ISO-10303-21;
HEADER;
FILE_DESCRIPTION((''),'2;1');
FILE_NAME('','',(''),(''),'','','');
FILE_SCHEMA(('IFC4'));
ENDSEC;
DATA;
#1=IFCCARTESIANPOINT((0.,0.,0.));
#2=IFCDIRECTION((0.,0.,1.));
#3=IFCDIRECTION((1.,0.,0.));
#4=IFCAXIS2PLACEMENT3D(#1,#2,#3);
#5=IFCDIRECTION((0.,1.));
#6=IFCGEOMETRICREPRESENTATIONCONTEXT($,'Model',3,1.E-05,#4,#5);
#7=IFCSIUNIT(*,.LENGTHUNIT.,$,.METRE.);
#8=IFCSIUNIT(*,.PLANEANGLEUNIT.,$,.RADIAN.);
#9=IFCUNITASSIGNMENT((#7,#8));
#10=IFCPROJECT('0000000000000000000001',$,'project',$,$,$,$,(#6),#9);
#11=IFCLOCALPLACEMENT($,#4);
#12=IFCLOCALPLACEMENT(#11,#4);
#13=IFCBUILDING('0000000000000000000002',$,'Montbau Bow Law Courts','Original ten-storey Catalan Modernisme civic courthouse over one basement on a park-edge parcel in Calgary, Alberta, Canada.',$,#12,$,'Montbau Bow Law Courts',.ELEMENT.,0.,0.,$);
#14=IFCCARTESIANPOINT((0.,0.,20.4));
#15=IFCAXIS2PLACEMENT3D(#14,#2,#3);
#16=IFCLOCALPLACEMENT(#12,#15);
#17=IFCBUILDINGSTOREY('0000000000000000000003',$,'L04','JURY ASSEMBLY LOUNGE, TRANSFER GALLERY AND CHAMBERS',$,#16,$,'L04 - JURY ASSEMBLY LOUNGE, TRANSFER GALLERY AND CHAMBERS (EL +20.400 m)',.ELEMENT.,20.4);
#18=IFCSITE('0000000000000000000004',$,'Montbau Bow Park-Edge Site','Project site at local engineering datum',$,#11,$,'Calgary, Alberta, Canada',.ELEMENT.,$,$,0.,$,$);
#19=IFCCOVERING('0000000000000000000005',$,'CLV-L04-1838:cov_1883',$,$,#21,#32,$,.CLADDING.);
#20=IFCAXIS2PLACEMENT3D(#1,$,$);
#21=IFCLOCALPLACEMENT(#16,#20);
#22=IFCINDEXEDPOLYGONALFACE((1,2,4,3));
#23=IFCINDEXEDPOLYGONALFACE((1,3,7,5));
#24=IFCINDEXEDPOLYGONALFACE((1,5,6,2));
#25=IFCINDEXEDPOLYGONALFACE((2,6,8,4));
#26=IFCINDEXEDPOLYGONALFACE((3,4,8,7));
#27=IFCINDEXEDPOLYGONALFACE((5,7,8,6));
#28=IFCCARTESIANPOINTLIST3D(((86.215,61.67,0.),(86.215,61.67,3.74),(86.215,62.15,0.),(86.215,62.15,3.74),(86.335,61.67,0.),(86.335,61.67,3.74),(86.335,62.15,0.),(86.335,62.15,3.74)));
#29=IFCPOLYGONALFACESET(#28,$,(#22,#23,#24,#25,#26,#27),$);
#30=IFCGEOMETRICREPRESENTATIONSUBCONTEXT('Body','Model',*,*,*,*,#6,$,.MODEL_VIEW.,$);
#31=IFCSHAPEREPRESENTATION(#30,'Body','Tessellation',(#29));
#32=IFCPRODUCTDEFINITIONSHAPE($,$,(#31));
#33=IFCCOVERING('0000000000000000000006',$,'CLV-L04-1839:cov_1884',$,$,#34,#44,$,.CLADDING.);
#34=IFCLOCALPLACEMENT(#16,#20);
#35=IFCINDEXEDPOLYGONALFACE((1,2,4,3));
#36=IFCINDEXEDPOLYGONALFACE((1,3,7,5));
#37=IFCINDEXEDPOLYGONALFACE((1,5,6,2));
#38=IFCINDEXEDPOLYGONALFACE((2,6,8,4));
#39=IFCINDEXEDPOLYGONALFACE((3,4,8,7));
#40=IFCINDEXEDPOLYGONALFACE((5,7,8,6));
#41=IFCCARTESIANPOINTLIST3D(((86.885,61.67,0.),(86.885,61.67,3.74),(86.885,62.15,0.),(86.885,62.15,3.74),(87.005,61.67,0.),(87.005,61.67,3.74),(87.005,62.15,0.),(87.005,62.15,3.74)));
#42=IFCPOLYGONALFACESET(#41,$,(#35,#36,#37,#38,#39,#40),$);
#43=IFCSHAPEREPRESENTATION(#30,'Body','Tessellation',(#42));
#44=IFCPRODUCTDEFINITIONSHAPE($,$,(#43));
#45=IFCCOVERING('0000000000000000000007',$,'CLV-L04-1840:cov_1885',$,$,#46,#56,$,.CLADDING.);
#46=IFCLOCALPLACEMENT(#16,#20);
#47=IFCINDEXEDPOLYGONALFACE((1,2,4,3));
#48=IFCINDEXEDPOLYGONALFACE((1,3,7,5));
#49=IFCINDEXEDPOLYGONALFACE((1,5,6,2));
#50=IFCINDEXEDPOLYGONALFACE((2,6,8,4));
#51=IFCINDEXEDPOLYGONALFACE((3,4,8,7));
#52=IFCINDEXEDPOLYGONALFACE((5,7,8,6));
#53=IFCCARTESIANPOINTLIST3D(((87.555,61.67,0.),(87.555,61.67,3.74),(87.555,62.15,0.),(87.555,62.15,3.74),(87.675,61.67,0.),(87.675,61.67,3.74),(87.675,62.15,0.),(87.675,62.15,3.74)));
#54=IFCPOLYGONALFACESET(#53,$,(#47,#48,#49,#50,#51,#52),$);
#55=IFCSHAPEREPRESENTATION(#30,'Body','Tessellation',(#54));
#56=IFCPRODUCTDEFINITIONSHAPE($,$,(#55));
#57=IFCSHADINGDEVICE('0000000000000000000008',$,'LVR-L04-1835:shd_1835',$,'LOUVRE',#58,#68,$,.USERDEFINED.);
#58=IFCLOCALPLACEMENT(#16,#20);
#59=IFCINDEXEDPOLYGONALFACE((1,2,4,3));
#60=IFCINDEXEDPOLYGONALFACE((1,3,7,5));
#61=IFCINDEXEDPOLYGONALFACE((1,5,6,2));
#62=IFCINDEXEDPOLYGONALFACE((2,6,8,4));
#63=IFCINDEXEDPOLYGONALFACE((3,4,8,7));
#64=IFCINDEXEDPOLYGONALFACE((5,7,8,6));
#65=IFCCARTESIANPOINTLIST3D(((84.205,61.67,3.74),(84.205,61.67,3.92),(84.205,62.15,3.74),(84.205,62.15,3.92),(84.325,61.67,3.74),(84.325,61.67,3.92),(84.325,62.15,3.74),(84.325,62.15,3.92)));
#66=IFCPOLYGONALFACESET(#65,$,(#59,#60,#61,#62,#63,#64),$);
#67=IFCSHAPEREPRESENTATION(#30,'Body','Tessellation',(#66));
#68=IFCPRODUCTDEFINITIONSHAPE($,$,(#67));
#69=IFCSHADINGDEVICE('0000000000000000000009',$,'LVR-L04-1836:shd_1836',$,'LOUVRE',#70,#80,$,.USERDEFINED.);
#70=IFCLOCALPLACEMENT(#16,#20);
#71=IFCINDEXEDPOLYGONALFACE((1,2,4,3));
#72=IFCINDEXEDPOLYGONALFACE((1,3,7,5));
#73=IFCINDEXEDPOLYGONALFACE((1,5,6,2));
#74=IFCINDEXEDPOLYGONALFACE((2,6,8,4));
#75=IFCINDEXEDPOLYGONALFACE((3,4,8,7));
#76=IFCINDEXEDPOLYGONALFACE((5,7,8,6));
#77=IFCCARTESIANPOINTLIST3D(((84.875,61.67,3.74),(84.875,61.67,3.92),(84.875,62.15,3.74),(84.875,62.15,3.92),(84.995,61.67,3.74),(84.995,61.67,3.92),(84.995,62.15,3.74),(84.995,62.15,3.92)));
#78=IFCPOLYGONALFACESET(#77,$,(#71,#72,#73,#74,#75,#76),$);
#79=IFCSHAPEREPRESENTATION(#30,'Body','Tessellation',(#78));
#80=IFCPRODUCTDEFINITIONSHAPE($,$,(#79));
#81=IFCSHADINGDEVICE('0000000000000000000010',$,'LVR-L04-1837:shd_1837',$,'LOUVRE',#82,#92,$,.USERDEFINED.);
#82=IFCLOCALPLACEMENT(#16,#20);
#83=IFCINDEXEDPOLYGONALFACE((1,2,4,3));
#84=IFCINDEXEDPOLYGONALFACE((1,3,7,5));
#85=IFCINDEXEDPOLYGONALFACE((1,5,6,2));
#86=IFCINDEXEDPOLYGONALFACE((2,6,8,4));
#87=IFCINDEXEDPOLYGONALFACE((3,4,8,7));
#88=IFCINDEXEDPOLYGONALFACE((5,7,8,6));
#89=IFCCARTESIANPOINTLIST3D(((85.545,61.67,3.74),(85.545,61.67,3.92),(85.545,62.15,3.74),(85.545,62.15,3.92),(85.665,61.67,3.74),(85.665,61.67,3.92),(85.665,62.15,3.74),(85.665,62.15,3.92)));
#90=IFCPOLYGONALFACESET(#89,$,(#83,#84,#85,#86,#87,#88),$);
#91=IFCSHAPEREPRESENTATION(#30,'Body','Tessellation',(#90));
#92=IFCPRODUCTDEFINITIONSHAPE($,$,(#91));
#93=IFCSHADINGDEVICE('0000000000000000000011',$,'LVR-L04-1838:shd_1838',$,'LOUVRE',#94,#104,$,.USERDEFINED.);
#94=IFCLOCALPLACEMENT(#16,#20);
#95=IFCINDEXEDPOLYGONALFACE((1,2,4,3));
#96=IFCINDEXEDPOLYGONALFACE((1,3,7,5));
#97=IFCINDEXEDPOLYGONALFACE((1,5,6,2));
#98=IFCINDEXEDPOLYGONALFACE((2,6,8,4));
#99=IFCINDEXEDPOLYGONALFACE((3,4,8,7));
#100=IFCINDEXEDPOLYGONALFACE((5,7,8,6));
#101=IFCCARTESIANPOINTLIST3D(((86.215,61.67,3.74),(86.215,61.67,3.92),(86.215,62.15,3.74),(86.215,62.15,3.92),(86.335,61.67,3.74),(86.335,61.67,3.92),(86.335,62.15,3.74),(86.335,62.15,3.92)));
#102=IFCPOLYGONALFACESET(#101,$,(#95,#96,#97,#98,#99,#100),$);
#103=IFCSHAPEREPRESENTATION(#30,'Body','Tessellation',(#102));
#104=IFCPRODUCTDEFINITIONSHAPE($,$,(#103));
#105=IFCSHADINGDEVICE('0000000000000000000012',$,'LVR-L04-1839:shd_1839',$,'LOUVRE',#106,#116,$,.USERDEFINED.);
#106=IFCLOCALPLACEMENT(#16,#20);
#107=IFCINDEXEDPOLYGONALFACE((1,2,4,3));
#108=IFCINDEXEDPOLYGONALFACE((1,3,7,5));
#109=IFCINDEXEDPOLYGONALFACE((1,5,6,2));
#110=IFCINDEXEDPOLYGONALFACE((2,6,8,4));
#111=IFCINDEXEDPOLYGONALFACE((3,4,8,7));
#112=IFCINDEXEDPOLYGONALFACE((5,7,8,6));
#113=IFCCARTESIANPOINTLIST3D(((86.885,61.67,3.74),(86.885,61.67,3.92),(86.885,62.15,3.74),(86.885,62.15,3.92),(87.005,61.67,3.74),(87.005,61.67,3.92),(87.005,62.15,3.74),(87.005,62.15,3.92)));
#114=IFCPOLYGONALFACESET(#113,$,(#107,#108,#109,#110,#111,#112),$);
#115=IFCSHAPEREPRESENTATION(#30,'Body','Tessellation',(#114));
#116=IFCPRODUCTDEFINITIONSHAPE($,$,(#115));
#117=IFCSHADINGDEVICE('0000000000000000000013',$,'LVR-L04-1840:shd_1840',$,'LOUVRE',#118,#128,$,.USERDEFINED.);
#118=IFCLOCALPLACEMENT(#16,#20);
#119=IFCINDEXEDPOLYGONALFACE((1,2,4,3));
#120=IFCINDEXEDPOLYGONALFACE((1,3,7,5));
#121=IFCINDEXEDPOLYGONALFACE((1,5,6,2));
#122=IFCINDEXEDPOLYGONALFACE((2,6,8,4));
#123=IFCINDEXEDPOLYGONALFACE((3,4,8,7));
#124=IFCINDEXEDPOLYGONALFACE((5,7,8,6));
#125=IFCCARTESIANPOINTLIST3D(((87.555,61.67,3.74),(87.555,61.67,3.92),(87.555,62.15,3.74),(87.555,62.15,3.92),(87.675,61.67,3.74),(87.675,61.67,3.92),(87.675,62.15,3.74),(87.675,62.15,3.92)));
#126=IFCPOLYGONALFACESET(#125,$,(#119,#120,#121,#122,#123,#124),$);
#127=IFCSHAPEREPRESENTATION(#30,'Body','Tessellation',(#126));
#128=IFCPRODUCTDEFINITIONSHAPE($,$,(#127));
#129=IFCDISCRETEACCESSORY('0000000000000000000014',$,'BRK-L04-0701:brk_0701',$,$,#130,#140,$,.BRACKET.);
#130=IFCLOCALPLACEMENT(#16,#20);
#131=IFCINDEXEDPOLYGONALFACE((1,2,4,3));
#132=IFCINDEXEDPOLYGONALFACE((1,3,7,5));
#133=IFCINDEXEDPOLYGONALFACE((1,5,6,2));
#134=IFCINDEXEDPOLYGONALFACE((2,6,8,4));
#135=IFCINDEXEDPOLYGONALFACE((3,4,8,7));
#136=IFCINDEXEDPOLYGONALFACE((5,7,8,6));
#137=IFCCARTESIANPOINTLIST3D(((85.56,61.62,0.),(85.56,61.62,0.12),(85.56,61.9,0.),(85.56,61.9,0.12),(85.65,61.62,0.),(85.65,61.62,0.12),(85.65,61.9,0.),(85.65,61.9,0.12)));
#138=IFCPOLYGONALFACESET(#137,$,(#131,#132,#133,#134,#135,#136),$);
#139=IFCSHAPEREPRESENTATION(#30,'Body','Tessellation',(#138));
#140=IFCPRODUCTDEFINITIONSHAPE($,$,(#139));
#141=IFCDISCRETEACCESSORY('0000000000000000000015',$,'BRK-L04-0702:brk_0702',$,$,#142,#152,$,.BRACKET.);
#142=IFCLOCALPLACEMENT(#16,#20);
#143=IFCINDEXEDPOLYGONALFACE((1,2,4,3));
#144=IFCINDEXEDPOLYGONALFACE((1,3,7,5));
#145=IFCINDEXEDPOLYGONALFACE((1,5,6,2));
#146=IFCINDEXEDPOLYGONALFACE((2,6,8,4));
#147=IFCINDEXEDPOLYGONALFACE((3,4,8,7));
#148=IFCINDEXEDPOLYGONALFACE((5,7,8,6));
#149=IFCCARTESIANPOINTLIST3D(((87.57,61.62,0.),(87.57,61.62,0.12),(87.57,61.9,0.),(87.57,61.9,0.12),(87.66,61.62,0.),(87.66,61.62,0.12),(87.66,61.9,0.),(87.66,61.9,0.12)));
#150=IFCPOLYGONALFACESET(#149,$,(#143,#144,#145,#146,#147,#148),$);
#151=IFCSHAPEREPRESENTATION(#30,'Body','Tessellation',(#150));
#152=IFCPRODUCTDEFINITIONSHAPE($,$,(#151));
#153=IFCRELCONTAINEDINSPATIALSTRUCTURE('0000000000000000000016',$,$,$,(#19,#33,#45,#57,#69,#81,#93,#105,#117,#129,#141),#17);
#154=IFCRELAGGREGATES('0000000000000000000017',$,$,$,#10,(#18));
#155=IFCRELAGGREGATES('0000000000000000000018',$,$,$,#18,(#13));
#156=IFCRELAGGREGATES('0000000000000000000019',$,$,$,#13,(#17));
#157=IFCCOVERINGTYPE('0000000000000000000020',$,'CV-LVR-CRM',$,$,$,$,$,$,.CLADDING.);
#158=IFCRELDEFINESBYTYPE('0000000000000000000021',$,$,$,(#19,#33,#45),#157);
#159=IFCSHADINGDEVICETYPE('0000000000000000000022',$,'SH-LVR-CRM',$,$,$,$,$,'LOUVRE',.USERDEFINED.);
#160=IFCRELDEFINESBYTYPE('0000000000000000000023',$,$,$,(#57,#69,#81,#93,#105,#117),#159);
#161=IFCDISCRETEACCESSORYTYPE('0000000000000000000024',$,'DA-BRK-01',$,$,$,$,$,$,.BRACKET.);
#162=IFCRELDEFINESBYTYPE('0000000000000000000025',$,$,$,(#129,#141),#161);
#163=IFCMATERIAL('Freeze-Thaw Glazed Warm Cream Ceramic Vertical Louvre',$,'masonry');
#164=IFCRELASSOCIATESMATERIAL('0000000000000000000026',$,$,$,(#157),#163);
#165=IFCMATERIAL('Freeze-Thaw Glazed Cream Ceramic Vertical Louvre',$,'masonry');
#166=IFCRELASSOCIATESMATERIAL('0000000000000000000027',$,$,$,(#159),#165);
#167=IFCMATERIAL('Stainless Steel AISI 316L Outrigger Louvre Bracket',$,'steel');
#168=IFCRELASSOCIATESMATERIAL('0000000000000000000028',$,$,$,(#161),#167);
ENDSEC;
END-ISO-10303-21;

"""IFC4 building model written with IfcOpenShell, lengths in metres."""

from ifc_helpers import new_model, si_unit, direction, frame, frame_2d, origin_with_axes, origin_2d_with_axis, place, context, subcontext, project, spatial, rectangle, extrude, material, type_object, element, save


model = new_model("IFC4")

# Units and contexts
model_context = context("Model", 3, precision=1e-05, world=origin_with_axes(), true_north=direction((0.0, 1.0)))
body_context = subcontext(model_context, "Body", "Model", "MODEL_VIEW")
ifc_project = project(units=[si_unit("LENGTHUNIT", "METRE"), si_unit("PLANEANGLEUNIT", "RADIAN")], contexts=[model_context])

# Site, building, storey
site_placement = place(None, origin_with_axes())
site = spatial("IfcSite", under=ifc_project, at=site_placement, Name="Montbau Bow Park-Edge Site", Description="Project site at local engineering datum", LongName="Calgary, Alberta, Canada", CompositionType="ELEMENT", RefElevation=0.0)
building_placement = place(site_placement, origin_with_axes())
building = spatial("IfcBuilding", under=site, at=building_placement, Name="Montbau Bow Law Courts", Description="Original ten-storey Catalan Modernisme civic courthouse over one basement on a park-edge parcel in Calgary, Alberta, Canada.", LongName="Montbau Bow Law Courts", CompositionType="ELEMENT", ElevationOfRefHeight=0.0, ElevationOfTerrain=0.0)
storey_placement = place(building_placement, frame((0.0, 0.0, 20.4), z_axis=(0.0, 0.0, 1.0), x_axis=(1.0, 0.0, 0.0)))
storey = spatial("IfcBuildingStorey", under=building, at=storey_placement, Name="L04", Description="JURY ASSEMBLY LOUNGE, TRANSFER GALLERY AND CHAMBERS", LongName="L04 - JURY ASSEMBLY LOUNGE, TRANSFER GALLERY AND CHAMBERS (EL +20.400 m)", CompositionType="ELEMENT", Elevation=20.4)

# Coverings
ifc_material_1 = material(Name="Freeze-Thaw Glazed Warm Cream Ceramic Vertical Louvre", Category="masonry")
covering_type = type_object("IfcCoveringType", Name="CV-LVR-CRM", PredefinedType="CLADDING", material=ifc_material_1)
for number, where, z_axis, x_axis, name in (
    (1, (86.275, 61.67, 20.4), (1.0, 0.0, 0.0), (0.0, 1.0, 0.0), "CLV-L04-1838:cov_1883"),
    (2, (86.945, 61.67, 20.4), (1.0, 0.0, 0.0), (0.0, 1.0, 0.0), "CLV-L04-1839:cov_1884"),
    (3, (87.615, 61.67, 20.4), (1.0, 0.0, 0.0), (0.0, 1.0, 0.0), "CLV-L04-1840:cov_1885"),
):
    element("IfcCovering", number, at=place(None, frame(where, z_axis=z_axis, x_axis=x_axis)), inside=storey, type_object=covering_type, Name=name, PredefinedType="CLADDING", context=body_context, shape_type="SweptSolid", body=[
        extrude(rectangle(XDim=0.48, YDim=3.74, at=frame_2d((0.24, 1.87), x_axis=(1.0, 0.0))), frame((0.0, 0.0, -0.06), z_axis=(0.0, 0.0, 1.0), x_axis=(1.0, 0.0, 0.0)), (0.0, 0.0, 1.0), 0.12),
    ])

# Shading devices
ifc_material_2 = material(Name="Freeze-Thaw Glazed Cream Ceramic Vertical Louvre", Category="masonry")
shading_device_type = type_object("IfcShadingDeviceType", Name="SH-LVR-CRM", ElementType="LOUVRE", PredefinedType="USERDEFINED", material=ifc_material_2)
for number, where, z_axis, x_axis, name in (
    (4, (84.265, 61.91, 24.14), (0.0, 0.0, 1.0), (0.0, 1.0, 0.0), "LVR-L04-1835:shd_1835"),
    (5, (84.935, 61.91, 24.14), (0.0, 0.0, 1.0), (0.0, 1.0, 0.0), "LVR-L04-1836:shd_1836"),
    (6, (85.605, 61.91, 24.14), (0.0, 0.0, 1.0), (0.0, 1.0, 0.0), "LVR-L04-1837:shd_1837"),
    (7, (86.275, 61.91, 24.14), (0.0, 0.0, 1.0), (0.0, 1.0, 0.0), "LVR-L04-1838:shd_1838"),
    (8, (86.945, 61.91, 24.14), (0.0, 0.0, 1.0), (0.0, 1.0, 0.0), "LVR-L04-1839:shd_1839"),
    (9, (87.615, 61.91, 24.14), (0.0, 0.0, 1.0), (0.0, 1.0, 0.0), "LVR-L04-1840:shd_1840"),
):
    element("IfcShadingDevice", number, at=place(None, frame(where, z_axis=z_axis, x_axis=x_axis)), inside=storey, type_object=shading_device_type, Name=name, ObjectType="LOUVRE", PredefinedType="USERDEFINED", context=body_context, shape_type="SweptSolid", body=[
        extrude(rectangle(XDim=0.48, YDim=0.12, at=origin_2d_with_axis()), origin_with_axes(), (0.0, 0.0, 1.0), 0.18),
    ])

# Discrete accessories
ifc_material_3 = material(Name="Stainless Steel AISI 316L Outrigger Louvre Bracket", Category="steel")
discrete_accessory_type = type_object("IfcDiscreteAccessoryType", Name="DA-BRK-01", PredefinedType="BRACKET", material=ifc_material_3)
for number, where, z_axis, x_axis, name in (
    (10, (85.605, 61.76, 20.4), (0.0, 0.0, 1.0), (0.0, 1.0, 0.0), "BRK-L04-0701:brk_0701"),
    (11, (87.615, 61.76, 20.4), (0.0, 0.0, 1.0), (0.0, 1.0, 0.0), "BRK-L04-0702:brk_0702"),
):
    element("IfcDiscreteAccessory", number, at=place(None, frame(where, z_axis=z_axis, x_axis=x_axis)), inside=storey, type_object=discrete_accessory_type, Name=name, PredefinedType="BRACKET", context=body_context, shape_type="SweptSolid", body=[
        extrude(rectangle(XDim=0.28, YDim=0.09, at=origin_2d_with_axis()), origin_with_axes(), (0.0, 0.0, 1.0), 0.12),
    ])

save(model, "model.ifc")
